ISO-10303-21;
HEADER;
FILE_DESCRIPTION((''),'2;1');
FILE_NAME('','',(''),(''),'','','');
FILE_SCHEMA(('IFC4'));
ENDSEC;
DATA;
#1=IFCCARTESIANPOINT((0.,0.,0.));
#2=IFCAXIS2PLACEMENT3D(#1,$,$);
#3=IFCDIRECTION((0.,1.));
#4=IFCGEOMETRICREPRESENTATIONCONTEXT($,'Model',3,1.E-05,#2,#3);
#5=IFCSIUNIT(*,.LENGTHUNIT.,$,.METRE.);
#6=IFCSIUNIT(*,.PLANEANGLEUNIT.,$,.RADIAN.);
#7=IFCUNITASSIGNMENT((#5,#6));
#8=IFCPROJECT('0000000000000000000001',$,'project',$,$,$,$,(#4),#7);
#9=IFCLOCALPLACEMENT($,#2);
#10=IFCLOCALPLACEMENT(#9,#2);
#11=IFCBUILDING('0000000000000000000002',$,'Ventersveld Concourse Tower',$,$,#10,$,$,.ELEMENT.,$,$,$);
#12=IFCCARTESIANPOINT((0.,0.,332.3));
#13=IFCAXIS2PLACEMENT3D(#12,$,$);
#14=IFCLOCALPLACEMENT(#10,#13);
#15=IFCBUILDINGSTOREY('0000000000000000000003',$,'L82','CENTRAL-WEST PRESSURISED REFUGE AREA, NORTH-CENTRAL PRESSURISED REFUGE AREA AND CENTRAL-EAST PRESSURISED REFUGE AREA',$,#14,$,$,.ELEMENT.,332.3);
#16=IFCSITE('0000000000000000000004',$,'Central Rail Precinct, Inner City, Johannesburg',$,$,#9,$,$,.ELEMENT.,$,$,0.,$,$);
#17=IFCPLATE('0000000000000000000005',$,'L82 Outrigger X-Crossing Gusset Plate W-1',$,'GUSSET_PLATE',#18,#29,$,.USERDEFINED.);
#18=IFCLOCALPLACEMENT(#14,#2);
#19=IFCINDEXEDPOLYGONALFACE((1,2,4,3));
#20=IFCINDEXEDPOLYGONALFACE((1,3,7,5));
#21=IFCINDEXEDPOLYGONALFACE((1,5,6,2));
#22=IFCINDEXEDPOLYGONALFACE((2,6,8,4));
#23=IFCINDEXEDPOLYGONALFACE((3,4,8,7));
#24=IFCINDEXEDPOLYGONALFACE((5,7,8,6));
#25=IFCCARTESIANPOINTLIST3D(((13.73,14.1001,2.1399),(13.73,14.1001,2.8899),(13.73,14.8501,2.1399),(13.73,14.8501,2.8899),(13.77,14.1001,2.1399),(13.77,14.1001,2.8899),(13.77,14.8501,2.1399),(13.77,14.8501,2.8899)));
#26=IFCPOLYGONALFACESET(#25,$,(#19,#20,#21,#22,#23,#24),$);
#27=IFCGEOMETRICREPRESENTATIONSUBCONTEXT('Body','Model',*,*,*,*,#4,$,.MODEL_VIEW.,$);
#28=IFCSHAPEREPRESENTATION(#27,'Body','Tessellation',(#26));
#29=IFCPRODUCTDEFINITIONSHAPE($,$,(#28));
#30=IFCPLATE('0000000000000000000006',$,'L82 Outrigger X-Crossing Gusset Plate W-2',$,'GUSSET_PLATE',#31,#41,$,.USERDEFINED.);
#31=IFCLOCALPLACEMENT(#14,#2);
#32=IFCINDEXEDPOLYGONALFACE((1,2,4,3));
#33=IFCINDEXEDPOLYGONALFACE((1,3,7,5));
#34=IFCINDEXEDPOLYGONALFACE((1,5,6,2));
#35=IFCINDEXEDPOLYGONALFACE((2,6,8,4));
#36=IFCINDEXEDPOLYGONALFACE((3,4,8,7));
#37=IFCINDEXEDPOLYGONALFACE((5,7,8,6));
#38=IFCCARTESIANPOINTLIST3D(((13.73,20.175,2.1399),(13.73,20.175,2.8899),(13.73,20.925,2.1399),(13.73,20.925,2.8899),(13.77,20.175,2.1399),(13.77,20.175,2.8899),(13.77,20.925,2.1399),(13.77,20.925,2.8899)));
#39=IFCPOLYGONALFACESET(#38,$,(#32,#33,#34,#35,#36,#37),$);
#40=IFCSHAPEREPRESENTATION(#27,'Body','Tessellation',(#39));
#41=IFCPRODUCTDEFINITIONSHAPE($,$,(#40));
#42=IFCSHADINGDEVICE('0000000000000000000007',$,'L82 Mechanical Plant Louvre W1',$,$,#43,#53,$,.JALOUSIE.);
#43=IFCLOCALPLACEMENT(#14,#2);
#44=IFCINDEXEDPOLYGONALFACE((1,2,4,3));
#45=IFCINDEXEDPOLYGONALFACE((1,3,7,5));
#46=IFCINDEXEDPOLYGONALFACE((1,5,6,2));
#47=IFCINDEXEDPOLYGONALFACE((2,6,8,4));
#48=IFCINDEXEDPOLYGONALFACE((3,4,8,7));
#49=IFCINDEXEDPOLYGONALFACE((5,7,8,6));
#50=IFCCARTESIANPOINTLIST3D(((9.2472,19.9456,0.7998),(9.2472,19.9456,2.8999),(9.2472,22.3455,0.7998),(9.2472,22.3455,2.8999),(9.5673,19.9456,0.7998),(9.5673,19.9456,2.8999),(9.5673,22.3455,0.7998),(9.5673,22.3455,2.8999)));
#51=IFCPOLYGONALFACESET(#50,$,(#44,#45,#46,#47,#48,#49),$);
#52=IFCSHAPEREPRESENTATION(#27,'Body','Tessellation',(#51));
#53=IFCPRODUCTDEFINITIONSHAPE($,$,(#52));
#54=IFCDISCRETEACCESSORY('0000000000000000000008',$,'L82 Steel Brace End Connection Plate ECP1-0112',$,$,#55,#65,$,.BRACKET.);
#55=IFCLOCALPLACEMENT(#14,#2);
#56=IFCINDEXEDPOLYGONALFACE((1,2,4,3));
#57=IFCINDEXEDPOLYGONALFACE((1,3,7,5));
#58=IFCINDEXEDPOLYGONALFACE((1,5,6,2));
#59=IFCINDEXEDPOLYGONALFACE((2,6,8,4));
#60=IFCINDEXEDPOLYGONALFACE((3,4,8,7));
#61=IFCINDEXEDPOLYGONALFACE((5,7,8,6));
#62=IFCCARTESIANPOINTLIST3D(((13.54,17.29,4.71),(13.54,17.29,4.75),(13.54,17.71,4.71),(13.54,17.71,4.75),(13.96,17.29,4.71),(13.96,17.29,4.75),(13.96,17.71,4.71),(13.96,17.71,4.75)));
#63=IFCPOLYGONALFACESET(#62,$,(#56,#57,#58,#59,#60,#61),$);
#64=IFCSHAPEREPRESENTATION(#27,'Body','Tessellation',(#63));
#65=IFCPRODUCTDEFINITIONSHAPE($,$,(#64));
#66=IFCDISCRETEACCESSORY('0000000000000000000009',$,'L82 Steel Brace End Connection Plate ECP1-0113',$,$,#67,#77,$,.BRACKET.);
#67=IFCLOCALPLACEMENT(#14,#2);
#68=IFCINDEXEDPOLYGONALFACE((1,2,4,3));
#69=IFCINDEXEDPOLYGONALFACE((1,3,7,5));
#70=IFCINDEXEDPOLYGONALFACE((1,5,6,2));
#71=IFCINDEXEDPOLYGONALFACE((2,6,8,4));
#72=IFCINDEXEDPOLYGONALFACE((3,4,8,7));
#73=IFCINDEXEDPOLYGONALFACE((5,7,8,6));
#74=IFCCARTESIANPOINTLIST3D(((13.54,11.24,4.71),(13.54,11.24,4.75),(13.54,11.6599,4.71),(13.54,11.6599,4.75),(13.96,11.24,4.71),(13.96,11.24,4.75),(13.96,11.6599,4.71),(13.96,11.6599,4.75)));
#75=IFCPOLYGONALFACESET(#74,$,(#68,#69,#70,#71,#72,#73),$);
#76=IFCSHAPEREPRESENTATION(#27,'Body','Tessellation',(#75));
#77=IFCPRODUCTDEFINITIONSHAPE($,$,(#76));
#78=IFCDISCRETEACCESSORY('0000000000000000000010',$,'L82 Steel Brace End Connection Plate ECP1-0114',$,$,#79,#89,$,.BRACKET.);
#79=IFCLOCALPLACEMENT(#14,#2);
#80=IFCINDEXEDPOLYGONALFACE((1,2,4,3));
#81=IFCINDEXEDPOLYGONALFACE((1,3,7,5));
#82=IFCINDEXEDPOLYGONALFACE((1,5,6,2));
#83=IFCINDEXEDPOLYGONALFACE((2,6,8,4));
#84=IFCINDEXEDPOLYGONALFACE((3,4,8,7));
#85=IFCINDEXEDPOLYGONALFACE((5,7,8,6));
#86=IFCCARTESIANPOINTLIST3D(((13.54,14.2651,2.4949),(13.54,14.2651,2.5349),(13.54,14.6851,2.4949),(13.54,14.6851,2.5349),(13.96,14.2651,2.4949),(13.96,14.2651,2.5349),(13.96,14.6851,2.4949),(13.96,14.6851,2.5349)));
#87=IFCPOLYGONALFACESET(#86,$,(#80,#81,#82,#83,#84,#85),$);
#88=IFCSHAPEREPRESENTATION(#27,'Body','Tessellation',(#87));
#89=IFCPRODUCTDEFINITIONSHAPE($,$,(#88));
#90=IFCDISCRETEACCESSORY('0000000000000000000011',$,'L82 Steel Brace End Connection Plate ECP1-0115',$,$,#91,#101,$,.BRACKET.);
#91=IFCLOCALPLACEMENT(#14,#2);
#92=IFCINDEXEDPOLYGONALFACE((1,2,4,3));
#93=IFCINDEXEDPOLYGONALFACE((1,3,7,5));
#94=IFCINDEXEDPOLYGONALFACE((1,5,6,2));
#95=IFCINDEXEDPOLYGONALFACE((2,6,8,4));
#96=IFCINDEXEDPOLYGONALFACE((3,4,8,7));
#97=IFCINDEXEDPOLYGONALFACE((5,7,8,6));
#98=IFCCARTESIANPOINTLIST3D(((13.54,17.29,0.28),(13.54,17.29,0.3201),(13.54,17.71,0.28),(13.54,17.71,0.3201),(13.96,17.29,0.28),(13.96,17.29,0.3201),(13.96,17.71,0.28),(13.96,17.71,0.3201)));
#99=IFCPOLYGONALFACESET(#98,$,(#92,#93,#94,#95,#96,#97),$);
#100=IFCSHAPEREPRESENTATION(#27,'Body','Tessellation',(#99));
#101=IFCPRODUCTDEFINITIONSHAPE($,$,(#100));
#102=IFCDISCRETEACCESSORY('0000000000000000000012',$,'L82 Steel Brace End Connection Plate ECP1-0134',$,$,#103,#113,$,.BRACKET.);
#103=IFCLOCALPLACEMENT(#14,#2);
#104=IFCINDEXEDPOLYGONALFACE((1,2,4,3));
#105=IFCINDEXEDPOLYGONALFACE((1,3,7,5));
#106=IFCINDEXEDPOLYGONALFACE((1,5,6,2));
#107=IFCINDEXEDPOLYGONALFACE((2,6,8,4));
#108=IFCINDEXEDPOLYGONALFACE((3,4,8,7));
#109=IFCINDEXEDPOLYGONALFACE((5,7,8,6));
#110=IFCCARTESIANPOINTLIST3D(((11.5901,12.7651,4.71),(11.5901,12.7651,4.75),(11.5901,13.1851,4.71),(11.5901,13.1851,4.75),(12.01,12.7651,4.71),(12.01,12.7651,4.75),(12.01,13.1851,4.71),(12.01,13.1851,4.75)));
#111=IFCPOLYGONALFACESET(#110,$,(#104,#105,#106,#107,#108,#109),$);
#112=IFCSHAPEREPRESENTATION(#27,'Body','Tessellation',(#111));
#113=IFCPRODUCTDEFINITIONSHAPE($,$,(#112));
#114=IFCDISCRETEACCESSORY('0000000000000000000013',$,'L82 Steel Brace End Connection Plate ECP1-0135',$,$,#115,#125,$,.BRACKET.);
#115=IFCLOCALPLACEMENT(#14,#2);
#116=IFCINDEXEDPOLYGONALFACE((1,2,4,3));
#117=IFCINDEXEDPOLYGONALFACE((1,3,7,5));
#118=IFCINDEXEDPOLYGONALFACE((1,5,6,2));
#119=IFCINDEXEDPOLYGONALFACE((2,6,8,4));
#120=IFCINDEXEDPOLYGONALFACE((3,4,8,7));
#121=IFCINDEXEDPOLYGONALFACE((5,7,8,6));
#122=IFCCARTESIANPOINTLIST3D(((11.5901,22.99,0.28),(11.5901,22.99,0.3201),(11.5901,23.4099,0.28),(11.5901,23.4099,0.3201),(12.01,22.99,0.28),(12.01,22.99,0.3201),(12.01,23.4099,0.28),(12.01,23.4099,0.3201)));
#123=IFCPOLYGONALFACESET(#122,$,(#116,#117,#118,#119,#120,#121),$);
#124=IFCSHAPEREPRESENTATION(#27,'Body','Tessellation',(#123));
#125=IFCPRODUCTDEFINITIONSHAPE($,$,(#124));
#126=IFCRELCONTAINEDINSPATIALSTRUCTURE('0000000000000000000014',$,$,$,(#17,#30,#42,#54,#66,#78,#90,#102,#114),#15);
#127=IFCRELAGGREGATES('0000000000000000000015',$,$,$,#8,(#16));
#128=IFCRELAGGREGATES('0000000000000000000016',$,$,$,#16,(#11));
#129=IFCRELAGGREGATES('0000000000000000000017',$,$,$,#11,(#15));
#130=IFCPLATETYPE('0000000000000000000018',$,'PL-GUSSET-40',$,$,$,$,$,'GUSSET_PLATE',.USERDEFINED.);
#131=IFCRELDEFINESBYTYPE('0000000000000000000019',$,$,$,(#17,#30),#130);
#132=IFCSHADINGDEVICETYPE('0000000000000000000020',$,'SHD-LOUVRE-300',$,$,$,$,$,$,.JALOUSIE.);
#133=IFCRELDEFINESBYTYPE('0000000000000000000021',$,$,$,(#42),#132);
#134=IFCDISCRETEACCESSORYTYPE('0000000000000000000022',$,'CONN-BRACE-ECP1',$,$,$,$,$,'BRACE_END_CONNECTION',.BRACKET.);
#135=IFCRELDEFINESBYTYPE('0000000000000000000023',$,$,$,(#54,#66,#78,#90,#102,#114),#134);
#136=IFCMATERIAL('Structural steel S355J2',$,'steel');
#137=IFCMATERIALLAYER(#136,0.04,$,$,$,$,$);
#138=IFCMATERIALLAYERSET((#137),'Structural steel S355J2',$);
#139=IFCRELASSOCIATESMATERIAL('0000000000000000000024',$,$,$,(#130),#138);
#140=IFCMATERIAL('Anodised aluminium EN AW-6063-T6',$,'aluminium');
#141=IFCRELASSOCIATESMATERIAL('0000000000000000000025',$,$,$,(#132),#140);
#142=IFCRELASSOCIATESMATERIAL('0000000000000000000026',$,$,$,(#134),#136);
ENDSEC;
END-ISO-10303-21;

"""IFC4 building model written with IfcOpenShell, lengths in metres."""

from ifc_helpers import new_model, si_unit, direction, frame, origin, origin_2d, place, context, subcontext, project, spatial, rectangle, extrude, material, layer, layer_set, type_object, element, save


model = new_model("IFC4")

# Units and contexts
model_context = context("Model", 3, precision=1e-05, world=origin(), true_north=direction((0.0, 1.0)))
body_context = subcontext(model_context, "Body", "Model", "MODEL_VIEW")
ifc_project = project(units=[si_unit("LENGTHUNIT", "METRE"), si_unit("PLANEANGLEUNIT", "RADIAN")], contexts=[model_context])

# Site, building, storey
site_placement = place(None, origin())
site = spatial("IfcSite", under=ifc_project, at=site_placement, Name="Central Rail Precinct, Inner City, Johannesburg", CompositionType="ELEMENT", RefElevation=0.0)
building_placement = place(site_placement, origin())
building = spatial("IfcBuilding", under=site, at=building_placement, Name="Ventersveld Concourse Tower", CompositionType="ELEMENT")
storey_placement = place(building_placement, frame((0.0, 0.0, 332.3)))
storey = spatial("IfcBuildingStorey", under=building, at=storey_placement, Name="L82", Description="CENTRAL-WEST PRESSURISED REFUGE AREA, NORTH-CENTRAL PRESSURISED REFUGE AREA AND CENTRAL-EAST PRESSURISED REFUGE AREA", CompositionType="ELEMENT", Elevation=332.3)

# Shared definitions
ifc_material_1 = material(Name="Structural steel S355J2", Category="steel")

# Plates
ifc_layer = layer(ifc_material_1, 0.04)
ifc_layer_set = layer_set([ifc_layer], Name="Structural steel S355J2")
plate_type = type_object("IfcPlateType", Name="PL-GUSSET-40", ElementType="GUSSET_PLATE", PredefinedType="USERDEFINED", material=ifc_layer_set)
for number, where, z_axis, x_axis, name in (
    (1, (13.75, 14.4751, 2.1399), (0.0, 0.0, 1.0), (1.0, 0.0, 0.0), "L82 Outrigger X-Crossing Gusset Plate W-1"),
    (2, (13.75, 20.55, 2.1399), (0.0, 0.0, 1.0), (1.0, 0.0, 0.0), "L82 Outrigger X-Crossing Gusset Plate W-2"),
):
    element("IfcPlate", number, at=place(storey_placement, frame(where, z_axis=z_axis, x_axis=x_axis)), inside=storey, type_object=plate_type, Name=name, ObjectType="GUSSET_PLATE", PredefinedType="USERDEFINED", context=body_context, shape_type="SweptSolid", body=[
        extrude(rectangle(XDim=0.04, YDim=0.75, at=origin_2d()), origin(), (0.0, 0.0, 1.0), 0.75),
    ])

# Shading device
ifc_material_2 = material(Name="Anodised aluminium EN AW-6063-T6", Category="aluminium")
shading_device_type = type_object("IfcShadingDeviceType", Name="SHD-LOUVRE-300", PredefinedType="JALOUSIE", material=ifc_material_2)
shading_device_placement = place(storey_placement, frame((9.4072, 21.1455, 0.7998), z_axis=(0.0, 0.0, 1.0), x_axis=(0.0, -1.0, 0.0)))
element("IfcShadingDevice", 3, at=shading_device_placement, inside=storey, type_object=shading_device_type, Name="L82 Mechanical Plant Louvre W1", PredefinedType="JALOUSIE", context=body_context, shape_type="SweptSolid", body=[
    extrude(rectangle(XDim=2.3999, YDim=0.3201, at=origin_2d()), origin(), (0.0, 0.0, 1.0), 2.1001),
])

# Discrete accessories
discrete_accessory_type = type_object("IfcDiscreteAccessoryType", Name="CONN-BRACE-ECP1", ElementType="BRACE_END_CONNECTION", PredefinedType="BRACKET", material=ifc_material_1)
for number, where, z_axis, x_axis, name in (
    (4, (13.75, 17.5, 4.71), (0.0, 0.0, 1.0), (1.0, 0.0, 0.0), "L82 Steel Brace End Connection Plate ECP1-0112"),
    (5, (13.75, 11.45, 4.71), (0.0, 0.0, 1.0), (1.0, 0.0, 0.0), "L82 Steel Brace End Connection Plate ECP1-0113"),
    (6, (13.75, 14.4751, 2.4949), (0.0, 0.0, 1.0), (1.0, 0.0, 0.0), "L82 Steel Brace End Connection Plate ECP1-0114"),
    (7, (13.75, 17.5, 0.28), (0.0, 0.0, 1.0), (1.0, 0.0, 0.0), "L82 Steel Brace End Connection Plate ECP1-0115"),
    (8, (11.8, 12.9751, 4.71), (0.0, 0.0, 1.0), (1.0, 0.0, 0.0), "L82 Steel Brace End Connection Plate ECP1-0134"),
    (9, (11.8, 23.2, 0.28), (0.0, 0.0, 1.0), (1.0, 0.0, 0.0), "L82 Steel Brace End Connection Plate ECP1-0135"),
):
    element("IfcDiscreteAccessory", number, at=place(storey_placement, frame(where, z_axis=z_axis, x_axis=x_axis)), inside=storey, type_object=discrete_accessory_type, Name=name, PredefinedType="BRACKET", context=body_context, shape_type="SweptSolid", body=[
        extrude(rectangle(XDim=0.4199, YDim=0.4199, at=origin_2d()), origin(), (0.0, 0.0, 1.0), 0.04),
    ])

save(model, "model.ifc")
